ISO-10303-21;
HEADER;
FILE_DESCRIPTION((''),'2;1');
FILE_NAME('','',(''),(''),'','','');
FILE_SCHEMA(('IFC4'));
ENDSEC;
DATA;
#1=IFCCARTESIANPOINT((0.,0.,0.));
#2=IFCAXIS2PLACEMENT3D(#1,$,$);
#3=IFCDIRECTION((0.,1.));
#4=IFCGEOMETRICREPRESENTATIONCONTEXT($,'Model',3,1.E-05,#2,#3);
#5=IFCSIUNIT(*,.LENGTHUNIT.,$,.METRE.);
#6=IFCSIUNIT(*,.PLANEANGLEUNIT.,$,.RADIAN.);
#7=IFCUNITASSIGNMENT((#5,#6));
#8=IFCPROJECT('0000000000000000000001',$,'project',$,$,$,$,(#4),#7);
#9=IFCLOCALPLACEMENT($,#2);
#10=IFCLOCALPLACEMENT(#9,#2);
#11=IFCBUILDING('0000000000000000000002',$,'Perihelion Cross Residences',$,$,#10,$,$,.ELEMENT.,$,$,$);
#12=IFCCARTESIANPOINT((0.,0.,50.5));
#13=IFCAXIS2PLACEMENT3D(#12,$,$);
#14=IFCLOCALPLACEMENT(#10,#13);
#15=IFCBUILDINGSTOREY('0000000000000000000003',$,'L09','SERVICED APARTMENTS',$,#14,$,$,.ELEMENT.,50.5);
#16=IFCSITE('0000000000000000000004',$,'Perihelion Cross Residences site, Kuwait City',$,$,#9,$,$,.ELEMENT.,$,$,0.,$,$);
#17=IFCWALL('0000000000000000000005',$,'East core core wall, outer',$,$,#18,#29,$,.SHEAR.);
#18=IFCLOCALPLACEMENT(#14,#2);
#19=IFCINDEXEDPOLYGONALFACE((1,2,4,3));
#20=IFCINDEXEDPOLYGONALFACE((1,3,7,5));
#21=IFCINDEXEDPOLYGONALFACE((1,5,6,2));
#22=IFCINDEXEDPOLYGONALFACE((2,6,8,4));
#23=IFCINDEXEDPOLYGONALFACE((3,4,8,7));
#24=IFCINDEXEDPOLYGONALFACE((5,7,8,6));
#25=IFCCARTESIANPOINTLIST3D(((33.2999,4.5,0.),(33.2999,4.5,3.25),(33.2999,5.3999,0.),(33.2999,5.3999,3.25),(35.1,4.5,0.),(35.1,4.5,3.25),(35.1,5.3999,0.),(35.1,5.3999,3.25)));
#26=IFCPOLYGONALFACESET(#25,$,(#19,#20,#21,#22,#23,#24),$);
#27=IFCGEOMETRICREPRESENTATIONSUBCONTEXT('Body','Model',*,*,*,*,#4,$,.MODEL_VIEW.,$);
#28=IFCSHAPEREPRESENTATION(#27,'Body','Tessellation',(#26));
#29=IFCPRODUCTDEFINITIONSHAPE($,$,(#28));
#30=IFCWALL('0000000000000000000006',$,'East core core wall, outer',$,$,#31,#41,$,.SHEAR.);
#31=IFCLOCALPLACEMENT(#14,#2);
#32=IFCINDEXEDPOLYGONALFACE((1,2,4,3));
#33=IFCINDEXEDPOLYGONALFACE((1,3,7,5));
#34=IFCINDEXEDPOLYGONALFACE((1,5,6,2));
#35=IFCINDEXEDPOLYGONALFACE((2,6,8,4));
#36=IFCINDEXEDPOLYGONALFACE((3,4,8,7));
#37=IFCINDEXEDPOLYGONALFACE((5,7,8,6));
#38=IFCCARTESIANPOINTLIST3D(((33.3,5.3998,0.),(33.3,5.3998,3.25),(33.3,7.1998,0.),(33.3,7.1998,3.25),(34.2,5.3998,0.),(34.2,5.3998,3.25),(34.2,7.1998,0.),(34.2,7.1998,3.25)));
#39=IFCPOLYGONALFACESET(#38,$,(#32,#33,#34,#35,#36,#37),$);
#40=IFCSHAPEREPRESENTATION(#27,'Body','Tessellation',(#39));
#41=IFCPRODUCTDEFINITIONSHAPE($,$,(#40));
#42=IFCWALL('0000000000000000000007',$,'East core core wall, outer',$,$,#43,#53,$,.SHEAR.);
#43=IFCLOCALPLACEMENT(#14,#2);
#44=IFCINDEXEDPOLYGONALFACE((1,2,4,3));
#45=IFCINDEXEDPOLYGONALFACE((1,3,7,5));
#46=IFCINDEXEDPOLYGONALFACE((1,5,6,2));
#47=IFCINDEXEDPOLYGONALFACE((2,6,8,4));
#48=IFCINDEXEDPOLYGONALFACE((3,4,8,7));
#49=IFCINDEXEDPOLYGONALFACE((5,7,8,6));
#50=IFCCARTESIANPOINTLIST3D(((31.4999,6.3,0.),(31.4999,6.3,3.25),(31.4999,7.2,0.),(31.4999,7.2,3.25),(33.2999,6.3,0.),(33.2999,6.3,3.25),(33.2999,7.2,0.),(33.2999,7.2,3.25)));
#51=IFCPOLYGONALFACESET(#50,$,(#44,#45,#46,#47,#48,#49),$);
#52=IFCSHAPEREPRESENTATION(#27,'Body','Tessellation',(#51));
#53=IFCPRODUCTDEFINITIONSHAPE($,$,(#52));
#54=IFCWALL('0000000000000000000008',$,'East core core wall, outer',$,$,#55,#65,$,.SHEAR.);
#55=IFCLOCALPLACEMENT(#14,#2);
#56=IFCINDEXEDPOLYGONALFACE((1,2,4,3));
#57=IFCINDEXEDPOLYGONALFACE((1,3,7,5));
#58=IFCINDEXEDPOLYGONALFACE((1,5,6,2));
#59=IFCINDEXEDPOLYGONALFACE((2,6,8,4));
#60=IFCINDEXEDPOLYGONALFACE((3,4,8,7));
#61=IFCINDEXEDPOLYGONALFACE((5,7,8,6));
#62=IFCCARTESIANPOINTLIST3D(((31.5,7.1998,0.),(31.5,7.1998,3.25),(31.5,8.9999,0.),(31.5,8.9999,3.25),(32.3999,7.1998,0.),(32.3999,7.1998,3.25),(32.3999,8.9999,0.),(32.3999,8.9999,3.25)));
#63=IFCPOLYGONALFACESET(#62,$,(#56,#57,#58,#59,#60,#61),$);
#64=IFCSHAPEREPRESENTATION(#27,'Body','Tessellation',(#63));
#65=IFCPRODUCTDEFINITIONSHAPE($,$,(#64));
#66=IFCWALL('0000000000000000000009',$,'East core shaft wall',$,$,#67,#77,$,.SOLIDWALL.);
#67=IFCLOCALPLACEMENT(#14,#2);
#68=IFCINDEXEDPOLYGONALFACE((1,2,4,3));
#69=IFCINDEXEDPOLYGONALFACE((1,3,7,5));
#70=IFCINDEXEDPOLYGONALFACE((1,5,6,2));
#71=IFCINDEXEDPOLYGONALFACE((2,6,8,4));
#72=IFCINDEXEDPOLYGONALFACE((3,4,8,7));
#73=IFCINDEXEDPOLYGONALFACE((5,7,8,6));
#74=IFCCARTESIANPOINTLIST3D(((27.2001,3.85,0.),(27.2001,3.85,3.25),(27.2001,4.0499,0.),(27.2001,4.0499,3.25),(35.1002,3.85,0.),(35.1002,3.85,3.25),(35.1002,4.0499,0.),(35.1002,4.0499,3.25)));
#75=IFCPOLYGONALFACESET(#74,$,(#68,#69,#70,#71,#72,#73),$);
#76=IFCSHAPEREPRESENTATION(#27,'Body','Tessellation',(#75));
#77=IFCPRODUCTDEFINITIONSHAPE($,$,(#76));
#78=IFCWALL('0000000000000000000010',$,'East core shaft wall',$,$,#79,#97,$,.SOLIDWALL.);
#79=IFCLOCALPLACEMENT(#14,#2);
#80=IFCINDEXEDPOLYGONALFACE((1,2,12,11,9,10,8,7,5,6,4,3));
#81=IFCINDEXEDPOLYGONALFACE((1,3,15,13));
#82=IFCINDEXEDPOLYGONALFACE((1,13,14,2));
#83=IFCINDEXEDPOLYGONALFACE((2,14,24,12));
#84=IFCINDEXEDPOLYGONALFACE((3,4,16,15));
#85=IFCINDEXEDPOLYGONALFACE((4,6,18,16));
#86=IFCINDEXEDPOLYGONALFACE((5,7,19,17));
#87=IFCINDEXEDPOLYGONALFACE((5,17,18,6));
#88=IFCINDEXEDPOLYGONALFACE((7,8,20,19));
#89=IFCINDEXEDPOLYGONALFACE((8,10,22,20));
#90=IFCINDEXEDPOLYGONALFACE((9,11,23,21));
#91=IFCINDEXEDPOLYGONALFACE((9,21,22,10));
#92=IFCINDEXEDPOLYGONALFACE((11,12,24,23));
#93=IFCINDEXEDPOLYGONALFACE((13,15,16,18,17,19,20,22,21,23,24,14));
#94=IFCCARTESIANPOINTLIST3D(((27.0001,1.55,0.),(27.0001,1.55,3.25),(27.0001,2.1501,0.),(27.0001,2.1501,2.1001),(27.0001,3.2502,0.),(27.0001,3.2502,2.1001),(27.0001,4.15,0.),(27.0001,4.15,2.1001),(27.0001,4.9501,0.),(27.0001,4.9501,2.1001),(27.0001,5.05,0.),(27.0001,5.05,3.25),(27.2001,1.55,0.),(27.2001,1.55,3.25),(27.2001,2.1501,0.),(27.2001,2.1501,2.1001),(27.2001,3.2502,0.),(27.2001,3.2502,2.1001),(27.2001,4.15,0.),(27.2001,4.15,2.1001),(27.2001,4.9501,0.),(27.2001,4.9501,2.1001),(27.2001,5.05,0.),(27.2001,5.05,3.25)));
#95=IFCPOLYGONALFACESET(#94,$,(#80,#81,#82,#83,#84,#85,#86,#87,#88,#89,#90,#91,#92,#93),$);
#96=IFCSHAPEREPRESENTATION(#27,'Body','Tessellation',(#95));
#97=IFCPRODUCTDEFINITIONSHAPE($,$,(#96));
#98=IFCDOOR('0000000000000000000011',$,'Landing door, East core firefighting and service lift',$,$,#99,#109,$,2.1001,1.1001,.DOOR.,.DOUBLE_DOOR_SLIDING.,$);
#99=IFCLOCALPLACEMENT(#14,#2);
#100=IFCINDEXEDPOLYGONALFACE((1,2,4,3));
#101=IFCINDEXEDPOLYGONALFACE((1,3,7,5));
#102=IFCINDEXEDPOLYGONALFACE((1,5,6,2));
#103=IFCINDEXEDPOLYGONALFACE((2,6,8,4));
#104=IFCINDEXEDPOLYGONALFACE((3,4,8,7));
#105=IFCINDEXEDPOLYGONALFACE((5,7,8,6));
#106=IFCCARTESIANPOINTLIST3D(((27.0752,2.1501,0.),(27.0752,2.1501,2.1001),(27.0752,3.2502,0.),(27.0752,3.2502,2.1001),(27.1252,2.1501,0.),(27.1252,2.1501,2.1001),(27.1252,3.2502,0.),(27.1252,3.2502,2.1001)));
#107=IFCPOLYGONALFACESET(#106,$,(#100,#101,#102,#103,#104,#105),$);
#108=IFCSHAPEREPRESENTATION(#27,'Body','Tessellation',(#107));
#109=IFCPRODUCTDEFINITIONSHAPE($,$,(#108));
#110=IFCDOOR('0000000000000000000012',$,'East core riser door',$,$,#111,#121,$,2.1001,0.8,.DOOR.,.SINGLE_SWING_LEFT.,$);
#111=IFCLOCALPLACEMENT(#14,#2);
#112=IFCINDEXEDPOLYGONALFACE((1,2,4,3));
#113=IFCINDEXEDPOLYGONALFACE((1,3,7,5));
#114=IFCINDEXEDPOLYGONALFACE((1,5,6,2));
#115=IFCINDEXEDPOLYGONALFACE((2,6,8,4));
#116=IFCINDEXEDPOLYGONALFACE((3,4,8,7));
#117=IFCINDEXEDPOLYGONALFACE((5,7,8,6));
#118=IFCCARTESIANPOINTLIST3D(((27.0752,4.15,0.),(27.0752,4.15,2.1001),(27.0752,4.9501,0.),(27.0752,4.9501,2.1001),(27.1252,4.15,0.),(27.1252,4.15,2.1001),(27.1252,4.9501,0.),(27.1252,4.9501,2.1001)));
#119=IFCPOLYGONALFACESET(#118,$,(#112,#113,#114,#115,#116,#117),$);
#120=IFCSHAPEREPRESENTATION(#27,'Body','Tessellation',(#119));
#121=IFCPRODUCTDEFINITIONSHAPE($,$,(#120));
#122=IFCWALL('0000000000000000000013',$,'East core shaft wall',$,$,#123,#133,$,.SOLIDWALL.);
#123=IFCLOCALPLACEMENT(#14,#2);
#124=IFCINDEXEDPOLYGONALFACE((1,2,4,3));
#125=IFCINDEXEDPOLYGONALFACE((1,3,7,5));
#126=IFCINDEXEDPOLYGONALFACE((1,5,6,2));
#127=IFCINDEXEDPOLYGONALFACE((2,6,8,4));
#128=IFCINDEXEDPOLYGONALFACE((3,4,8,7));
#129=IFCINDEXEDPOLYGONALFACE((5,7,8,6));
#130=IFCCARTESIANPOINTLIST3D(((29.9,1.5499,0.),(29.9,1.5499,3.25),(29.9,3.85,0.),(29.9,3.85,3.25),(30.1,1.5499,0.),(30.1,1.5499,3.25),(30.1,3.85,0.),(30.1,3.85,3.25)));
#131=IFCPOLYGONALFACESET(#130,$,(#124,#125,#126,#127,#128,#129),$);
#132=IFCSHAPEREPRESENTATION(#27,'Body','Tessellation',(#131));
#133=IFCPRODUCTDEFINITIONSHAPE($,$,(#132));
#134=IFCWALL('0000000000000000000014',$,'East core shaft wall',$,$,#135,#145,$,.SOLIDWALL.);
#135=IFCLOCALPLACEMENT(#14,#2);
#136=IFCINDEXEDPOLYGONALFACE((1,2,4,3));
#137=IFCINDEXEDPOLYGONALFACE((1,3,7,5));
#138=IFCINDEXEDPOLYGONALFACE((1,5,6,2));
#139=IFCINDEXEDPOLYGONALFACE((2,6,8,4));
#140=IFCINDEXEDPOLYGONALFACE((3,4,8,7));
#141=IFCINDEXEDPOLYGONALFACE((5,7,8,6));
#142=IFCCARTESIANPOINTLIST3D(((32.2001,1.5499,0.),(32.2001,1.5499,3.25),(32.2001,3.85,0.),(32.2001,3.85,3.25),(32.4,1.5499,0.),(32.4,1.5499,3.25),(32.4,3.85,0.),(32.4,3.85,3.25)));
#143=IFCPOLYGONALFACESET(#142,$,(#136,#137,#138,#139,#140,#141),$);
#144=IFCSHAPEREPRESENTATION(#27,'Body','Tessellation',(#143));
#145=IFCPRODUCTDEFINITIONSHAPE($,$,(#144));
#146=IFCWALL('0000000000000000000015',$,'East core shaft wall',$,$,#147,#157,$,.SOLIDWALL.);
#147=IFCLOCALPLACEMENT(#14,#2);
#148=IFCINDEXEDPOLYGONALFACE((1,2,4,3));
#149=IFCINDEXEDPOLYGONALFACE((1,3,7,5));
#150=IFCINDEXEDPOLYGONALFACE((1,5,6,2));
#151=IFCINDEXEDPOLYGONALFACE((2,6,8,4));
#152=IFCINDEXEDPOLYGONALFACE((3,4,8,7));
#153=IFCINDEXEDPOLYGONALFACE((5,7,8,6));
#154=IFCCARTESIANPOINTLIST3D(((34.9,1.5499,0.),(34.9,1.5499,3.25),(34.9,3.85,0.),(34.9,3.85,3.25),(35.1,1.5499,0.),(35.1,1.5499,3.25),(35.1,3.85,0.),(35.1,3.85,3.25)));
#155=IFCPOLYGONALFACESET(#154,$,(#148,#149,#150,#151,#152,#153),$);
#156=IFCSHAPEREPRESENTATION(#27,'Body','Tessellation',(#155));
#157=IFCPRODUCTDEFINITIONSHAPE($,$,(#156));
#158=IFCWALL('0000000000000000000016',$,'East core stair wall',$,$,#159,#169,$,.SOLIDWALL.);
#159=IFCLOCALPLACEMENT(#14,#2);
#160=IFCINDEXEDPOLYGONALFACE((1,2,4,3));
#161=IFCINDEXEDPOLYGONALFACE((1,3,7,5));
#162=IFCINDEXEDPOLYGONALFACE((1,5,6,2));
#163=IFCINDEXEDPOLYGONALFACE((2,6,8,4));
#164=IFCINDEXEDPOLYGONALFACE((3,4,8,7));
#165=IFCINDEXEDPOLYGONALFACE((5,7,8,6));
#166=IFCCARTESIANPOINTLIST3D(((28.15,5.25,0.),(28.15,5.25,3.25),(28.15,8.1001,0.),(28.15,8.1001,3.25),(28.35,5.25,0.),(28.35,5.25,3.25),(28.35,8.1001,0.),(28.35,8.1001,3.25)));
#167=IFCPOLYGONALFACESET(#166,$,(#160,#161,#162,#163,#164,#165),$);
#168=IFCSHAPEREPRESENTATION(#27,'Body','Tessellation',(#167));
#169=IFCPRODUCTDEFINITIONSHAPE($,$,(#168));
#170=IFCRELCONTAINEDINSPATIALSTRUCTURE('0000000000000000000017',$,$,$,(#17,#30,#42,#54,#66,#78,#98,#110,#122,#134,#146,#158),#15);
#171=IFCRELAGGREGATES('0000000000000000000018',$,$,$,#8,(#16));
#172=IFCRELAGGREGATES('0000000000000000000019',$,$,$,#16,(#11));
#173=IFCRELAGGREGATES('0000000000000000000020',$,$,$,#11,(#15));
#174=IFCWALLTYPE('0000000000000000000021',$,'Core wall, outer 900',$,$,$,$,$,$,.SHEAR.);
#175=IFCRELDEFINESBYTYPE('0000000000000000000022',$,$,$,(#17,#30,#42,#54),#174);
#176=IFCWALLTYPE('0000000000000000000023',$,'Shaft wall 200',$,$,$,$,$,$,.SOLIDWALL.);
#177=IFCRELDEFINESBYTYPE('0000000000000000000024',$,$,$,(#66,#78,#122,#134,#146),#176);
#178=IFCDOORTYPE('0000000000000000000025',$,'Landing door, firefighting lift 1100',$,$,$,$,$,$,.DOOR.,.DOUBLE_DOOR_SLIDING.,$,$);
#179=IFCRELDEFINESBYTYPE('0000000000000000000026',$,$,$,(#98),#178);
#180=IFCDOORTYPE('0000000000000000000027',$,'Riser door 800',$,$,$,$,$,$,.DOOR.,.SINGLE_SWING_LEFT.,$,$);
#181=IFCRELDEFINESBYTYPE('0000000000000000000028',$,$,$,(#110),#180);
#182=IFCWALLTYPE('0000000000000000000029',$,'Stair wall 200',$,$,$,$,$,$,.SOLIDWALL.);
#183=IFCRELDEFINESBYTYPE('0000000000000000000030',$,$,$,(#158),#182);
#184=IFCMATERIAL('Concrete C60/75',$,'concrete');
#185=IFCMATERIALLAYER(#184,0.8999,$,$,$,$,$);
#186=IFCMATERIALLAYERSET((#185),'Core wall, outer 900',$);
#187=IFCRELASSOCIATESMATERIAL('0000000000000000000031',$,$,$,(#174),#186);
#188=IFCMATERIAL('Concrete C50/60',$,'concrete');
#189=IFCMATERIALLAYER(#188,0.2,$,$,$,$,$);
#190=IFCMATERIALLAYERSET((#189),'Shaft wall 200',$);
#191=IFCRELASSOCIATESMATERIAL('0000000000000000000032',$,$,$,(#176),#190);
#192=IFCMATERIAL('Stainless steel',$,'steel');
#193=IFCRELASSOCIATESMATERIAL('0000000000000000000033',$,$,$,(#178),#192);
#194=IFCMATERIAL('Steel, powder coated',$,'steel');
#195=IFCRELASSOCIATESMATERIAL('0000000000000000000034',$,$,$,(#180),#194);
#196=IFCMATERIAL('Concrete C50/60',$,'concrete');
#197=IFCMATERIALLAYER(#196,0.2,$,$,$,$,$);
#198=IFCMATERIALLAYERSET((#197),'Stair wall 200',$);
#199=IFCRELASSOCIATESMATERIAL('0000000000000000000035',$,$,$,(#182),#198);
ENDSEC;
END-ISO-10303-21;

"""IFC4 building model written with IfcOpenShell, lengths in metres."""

from ifc_helpers import new_model, si_unit, direction, frame, frame_2d, origin, place, context, subcontext, project, spatial, rectangle, extrude, material, layer, layer_set, type_object, element, fill, save


model = new_model("IFC4")

# Units and contexts
model_context = context("Model", 3, precision=1e-05, world=origin(), true_north=direction((0.0, 1.0)))
body_context = subcontext(model_context, "Body", "Model", "MODEL_VIEW")
ifc_project = project(units=[si_unit("LENGTHUNIT", "METRE"), si_unit("PLANEANGLEUNIT", "RADIAN")], contexts=[model_context])

# Site, building, storey
site_placement = place(None, origin())
site = spatial("IfcSite", under=ifc_project, at=site_placement, Name="Perihelion Cross Residences site, Kuwait City", CompositionType="ELEMENT", RefElevation=0.0)
building_placement = place(site_placement, origin())
building = spatial("IfcBuilding", under=site, at=building_placement, Name="Perihelion Cross Residences", CompositionType="ELEMENT")
storey_placement = place(building_placement, frame((0.0, 0.0, 50.5)))
storey = spatial("IfcBuildingStorey", under=building, at=storey_placement, Name="L09", Description="SERVICED APARTMENTS", CompositionType="ELEMENT", Elevation=50.5)

# Walls
ifc_material_1 = material(Name="Concrete C60/75", Category="concrete")
ifc_layer_1 = layer(ifc_material_1, 0.8999)
ifc_layer_set_1 = layer_set([ifc_layer_1], Name="Core wall, outer 900")
wall_type_1 = type_object("IfcWallType", Name="Core wall, outer 900", PredefinedType="SHEAR", material=ifc_layer_set_1)
for number, where, z_axis, x_axis, name in (
    (1, (33.3, 4.95, 0.0), (0.0, 0.0, 1.0), (1.0, 0.0, 0.0), "East core core wall, outer"),
    (2, (33.75, 5.3999, 0.0), (0.0, 0.0, 1.0), (0.0, 1.0, 0.0), "East core core wall, outer"),
    (3, (31.5, 6.75, 0.0), (0.0, 0.0, 1.0), (1.0, 0.0, 0.0), "East core core wall, outer"),
    (4, (31.95, 7.2, 0.0), (0.0, 0.0, 1.0), (0.0, 1.0, 0.0), "East core core wall, outer"),
):
    element("IfcWall", number, at=place(storey_placement, frame(where, z_axis=z_axis, x_axis=x_axis)), inside=storey, type_object=wall_type_1, Name=name, PredefinedType="SHEAR", context=body_context, shape_type="SweptSolid", body=[
        extrude(rectangle(XDim=1.8, YDim=0.8999, at=frame_2d((0.8999, 0.0))), origin(), (0.0, 0.0, 1.0), 3.25),
    ])
ifc_material_2 = material(Name="Concrete C50/60", Category="concrete")
ifc_layer_2 = layer(ifc_material_2, 0.2)
ifc_layer_set_2 = layer_set([ifc_layer_2], Name="Shaft wall 200")
wall_type_2 = type_object("IfcWallType", Name="Shaft wall 200", PredefinedType="SOLIDWALL", material=ifc_layer_set_2)
wall_1_placement = place(storey_placement, frame((27.2, 3.95, 0.0), z_axis=(0.0, 0.0, 1.0), x_axis=(1.0, 0.0, 0.0)))
element("IfcWall", 5, at=wall_1_placement, inside=storey, type_object=wall_type_2, Name="East core shaft wall", PredefinedType="SOLIDWALL", context=body_context, shape_type="SweptSolid", body=[
    extrude(rectangle(XDim=7.9001, YDim=0.2, at=frame_2d((3.9502, 0.0))), origin(), (0.0, 0.0, 1.0), 3.25),
])

# Wall, openings, doors
wall_2_placement = place(storey_placement, frame((27.1001, 1.55, 0.0), z_axis=(0.0, 0.0, 1.0), x_axis=(0.0, 1.0, 0.0)))
wall_2 = element("IfcWall", 6, at=wall_2_placement, inside=storey, type_object=wall_type_2, Name="East core shaft wall", PredefinedType="SOLIDWALL", context=body_context, shape_type="SweptSolid", body=[
    extrude(rectangle(XDim=3.5, YDim=0.2, at=frame_2d((1.75, 0.0))), origin(), (0.0, 0.0, 1.0), 3.25),
])
opening_1_placement = place(wall_2_placement, frame((0.6001, 0.0, 0.0)))
opening_1 = element("IfcOpeningElement", 7, at=opening_1_placement, cuts=wall_2, PredefinedType="OPENING", context=body_context, shape_type="SweptSolid", body=[
    extrude(rectangle(XDim=1.1001, YDim=2.1001, at=frame_2d((0.55, 1.05))), frame((0.0, 0.1099, 0.0), z_axis=(0.0, -1.0, 0.0), x_axis=(1.0, 0.0, 0.0)), (0.0, 0.0, 1.0), 0.22),
])
opening_2_placement = place(wall_2_placement, frame((2.6001, 0.0, 0.0)))
opening_2 = element("IfcOpeningElement", 8, at=opening_2_placement, cuts=wall_2, PredefinedType="OPENING", context=body_context, shape_type="SweptSolid", body=[
    extrude(rectangle(XDim=0.8, YDim=2.1001, at=frame_2d((0.3999, 1.05))), frame((0.0, 0.1099, 0.0), z_axis=(0.0, -1.0, 0.0), x_axis=(1.0, 0.0, 0.0)), (0.0, 0.0, 1.0), 0.22),
])
ifc_material_3 = material(Name="Stainless steel", Category="steel")
door_type_1 = type_object("IfcDoorType", Name="Landing door, firefighting lift 1100", OperationType="DOUBLE_DOOR_SLIDING", PredefinedType="DOOR", material=ifc_material_3)
door_1_placement = place(opening_1_placement, origin())
door_1 = element("IfcDoor", 9, at=door_1_placement, inside=storey, type_object=door_type_1, Name="Landing door, East core firefighting and service lift", OperationType="DOUBLE_DOOR_SLIDING", OverallHeight=2.1001, OverallWidth=1.1001, PredefinedType="DOOR", context=body_context, shape_type="SweptSolid", body=[
    extrude(rectangle(XDim=1.1001, YDim=2.1001, at=frame_2d((0.55, 1.05))), frame((0.0, 0.0249, 0.0), z_axis=(0.0, -1.0, 0.0), x_axis=(1.0, 0.0, 0.0)), (0.0, 0.0, 1.0), 0.05),
])
fill(opening_1, door_1)
ifc_material_4 = material(Name="Steel, powder coated", Category="steel")
door_type_2 = type_object("IfcDoorType", Name="Riser door 800", OperationType="SINGLE_SWING_LEFT", PredefinedType="DOOR", material=ifc_material_4)
door_2_placement = place(opening_2_placement, origin())
door_2 = element("IfcDoor", 10, at=door_2_placement, inside=storey, type_object=door_type_2, Name="East core riser door", OperationType="SINGLE_SWING_LEFT", OverallHeight=2.1001, OverallWidth=0.8, PredefinedType="DOOR", context=body_context, shape_type="SweptSolid", body=[
    extrude(rectangle(XDim=0.8, YDim=2.1001, at=frame_2d((0.3999, 1.05))), frame((0.0, 0.0249, 0.0), z_axis=(0.0, -1.0, 0.0), x_axis=(1.0, 0.0, 0.0)), (0.0, 0.0, 1.0), 0.05),
])
fill(opening_2, door_2)

# Walls
for number, where, z_axis, x_axis, name in (
    (11, (30.0, 1.55, 0.0), (0.0, 0.0, 1.0), (0.0, 1.0, 0.0), "East core shaft wall"),
    (12, (32.3, 1.55, 0.0), (0.0, 0.0, 1.0), (0.0, 1.0, 0.0), "East core shaft wall"),
    (13, (35.0, 1.55, 0.0), (0.0, 0.0, 1.0), (0.0, 1.0, 0.0), "East core shaft wall"),
):
    element("IfcWall", number, at=place(storey_placement, frame(where, z_axis=z_axis, x_axis=x_axis)), inside=storey, type_object=wall_type_2, Name=name, PredefinedType="SOLIDWALL", context=body_context, shape_type="SweptSolid", body=[
        extrude(rectangle(XDim=2.3, YDim=0.2, at=frame_2d((1.1499, 0.0))), origin(), (0.0, 0.0, 1.0), 3.25),
    ])
ifc_material_5 = material(Name="Concrete C50/60", Category="concrete")
ifc_layer_3 = layer(ifc_material_5, 0.2)
ifc_layer_set_3 = layer_set([ifc_layer_3], Name="Stair wall 200")
wall_type_3 = type_object("IfcWallType", Name="Stair wall 200", PredefinedType="SOLIDWALL", material=ifc_layer_set_3)
wall_3_placement = place(storey_placement, frame((28.25, 5.25, 0.0), z_axis=(0.0, 0.0, 1.0), x_axis=(0.0, 1.0, 0.0)))
element("IfcWall", 14, at=wall_3_placement, inside=storey, type_object=wall_type_3, Name="East core stair wall", PredefinedType="SOLIDWALL", context=body_context, shape_type="SweptSolid", body=[
    extrude(rectangle(XDim=2.8501, YDim=0.2, at=frame_2d((1.425, 0.0))), origin(), (0.0, 0.0, 1.0), 3.25),
])

save(model, "model.ifc")
